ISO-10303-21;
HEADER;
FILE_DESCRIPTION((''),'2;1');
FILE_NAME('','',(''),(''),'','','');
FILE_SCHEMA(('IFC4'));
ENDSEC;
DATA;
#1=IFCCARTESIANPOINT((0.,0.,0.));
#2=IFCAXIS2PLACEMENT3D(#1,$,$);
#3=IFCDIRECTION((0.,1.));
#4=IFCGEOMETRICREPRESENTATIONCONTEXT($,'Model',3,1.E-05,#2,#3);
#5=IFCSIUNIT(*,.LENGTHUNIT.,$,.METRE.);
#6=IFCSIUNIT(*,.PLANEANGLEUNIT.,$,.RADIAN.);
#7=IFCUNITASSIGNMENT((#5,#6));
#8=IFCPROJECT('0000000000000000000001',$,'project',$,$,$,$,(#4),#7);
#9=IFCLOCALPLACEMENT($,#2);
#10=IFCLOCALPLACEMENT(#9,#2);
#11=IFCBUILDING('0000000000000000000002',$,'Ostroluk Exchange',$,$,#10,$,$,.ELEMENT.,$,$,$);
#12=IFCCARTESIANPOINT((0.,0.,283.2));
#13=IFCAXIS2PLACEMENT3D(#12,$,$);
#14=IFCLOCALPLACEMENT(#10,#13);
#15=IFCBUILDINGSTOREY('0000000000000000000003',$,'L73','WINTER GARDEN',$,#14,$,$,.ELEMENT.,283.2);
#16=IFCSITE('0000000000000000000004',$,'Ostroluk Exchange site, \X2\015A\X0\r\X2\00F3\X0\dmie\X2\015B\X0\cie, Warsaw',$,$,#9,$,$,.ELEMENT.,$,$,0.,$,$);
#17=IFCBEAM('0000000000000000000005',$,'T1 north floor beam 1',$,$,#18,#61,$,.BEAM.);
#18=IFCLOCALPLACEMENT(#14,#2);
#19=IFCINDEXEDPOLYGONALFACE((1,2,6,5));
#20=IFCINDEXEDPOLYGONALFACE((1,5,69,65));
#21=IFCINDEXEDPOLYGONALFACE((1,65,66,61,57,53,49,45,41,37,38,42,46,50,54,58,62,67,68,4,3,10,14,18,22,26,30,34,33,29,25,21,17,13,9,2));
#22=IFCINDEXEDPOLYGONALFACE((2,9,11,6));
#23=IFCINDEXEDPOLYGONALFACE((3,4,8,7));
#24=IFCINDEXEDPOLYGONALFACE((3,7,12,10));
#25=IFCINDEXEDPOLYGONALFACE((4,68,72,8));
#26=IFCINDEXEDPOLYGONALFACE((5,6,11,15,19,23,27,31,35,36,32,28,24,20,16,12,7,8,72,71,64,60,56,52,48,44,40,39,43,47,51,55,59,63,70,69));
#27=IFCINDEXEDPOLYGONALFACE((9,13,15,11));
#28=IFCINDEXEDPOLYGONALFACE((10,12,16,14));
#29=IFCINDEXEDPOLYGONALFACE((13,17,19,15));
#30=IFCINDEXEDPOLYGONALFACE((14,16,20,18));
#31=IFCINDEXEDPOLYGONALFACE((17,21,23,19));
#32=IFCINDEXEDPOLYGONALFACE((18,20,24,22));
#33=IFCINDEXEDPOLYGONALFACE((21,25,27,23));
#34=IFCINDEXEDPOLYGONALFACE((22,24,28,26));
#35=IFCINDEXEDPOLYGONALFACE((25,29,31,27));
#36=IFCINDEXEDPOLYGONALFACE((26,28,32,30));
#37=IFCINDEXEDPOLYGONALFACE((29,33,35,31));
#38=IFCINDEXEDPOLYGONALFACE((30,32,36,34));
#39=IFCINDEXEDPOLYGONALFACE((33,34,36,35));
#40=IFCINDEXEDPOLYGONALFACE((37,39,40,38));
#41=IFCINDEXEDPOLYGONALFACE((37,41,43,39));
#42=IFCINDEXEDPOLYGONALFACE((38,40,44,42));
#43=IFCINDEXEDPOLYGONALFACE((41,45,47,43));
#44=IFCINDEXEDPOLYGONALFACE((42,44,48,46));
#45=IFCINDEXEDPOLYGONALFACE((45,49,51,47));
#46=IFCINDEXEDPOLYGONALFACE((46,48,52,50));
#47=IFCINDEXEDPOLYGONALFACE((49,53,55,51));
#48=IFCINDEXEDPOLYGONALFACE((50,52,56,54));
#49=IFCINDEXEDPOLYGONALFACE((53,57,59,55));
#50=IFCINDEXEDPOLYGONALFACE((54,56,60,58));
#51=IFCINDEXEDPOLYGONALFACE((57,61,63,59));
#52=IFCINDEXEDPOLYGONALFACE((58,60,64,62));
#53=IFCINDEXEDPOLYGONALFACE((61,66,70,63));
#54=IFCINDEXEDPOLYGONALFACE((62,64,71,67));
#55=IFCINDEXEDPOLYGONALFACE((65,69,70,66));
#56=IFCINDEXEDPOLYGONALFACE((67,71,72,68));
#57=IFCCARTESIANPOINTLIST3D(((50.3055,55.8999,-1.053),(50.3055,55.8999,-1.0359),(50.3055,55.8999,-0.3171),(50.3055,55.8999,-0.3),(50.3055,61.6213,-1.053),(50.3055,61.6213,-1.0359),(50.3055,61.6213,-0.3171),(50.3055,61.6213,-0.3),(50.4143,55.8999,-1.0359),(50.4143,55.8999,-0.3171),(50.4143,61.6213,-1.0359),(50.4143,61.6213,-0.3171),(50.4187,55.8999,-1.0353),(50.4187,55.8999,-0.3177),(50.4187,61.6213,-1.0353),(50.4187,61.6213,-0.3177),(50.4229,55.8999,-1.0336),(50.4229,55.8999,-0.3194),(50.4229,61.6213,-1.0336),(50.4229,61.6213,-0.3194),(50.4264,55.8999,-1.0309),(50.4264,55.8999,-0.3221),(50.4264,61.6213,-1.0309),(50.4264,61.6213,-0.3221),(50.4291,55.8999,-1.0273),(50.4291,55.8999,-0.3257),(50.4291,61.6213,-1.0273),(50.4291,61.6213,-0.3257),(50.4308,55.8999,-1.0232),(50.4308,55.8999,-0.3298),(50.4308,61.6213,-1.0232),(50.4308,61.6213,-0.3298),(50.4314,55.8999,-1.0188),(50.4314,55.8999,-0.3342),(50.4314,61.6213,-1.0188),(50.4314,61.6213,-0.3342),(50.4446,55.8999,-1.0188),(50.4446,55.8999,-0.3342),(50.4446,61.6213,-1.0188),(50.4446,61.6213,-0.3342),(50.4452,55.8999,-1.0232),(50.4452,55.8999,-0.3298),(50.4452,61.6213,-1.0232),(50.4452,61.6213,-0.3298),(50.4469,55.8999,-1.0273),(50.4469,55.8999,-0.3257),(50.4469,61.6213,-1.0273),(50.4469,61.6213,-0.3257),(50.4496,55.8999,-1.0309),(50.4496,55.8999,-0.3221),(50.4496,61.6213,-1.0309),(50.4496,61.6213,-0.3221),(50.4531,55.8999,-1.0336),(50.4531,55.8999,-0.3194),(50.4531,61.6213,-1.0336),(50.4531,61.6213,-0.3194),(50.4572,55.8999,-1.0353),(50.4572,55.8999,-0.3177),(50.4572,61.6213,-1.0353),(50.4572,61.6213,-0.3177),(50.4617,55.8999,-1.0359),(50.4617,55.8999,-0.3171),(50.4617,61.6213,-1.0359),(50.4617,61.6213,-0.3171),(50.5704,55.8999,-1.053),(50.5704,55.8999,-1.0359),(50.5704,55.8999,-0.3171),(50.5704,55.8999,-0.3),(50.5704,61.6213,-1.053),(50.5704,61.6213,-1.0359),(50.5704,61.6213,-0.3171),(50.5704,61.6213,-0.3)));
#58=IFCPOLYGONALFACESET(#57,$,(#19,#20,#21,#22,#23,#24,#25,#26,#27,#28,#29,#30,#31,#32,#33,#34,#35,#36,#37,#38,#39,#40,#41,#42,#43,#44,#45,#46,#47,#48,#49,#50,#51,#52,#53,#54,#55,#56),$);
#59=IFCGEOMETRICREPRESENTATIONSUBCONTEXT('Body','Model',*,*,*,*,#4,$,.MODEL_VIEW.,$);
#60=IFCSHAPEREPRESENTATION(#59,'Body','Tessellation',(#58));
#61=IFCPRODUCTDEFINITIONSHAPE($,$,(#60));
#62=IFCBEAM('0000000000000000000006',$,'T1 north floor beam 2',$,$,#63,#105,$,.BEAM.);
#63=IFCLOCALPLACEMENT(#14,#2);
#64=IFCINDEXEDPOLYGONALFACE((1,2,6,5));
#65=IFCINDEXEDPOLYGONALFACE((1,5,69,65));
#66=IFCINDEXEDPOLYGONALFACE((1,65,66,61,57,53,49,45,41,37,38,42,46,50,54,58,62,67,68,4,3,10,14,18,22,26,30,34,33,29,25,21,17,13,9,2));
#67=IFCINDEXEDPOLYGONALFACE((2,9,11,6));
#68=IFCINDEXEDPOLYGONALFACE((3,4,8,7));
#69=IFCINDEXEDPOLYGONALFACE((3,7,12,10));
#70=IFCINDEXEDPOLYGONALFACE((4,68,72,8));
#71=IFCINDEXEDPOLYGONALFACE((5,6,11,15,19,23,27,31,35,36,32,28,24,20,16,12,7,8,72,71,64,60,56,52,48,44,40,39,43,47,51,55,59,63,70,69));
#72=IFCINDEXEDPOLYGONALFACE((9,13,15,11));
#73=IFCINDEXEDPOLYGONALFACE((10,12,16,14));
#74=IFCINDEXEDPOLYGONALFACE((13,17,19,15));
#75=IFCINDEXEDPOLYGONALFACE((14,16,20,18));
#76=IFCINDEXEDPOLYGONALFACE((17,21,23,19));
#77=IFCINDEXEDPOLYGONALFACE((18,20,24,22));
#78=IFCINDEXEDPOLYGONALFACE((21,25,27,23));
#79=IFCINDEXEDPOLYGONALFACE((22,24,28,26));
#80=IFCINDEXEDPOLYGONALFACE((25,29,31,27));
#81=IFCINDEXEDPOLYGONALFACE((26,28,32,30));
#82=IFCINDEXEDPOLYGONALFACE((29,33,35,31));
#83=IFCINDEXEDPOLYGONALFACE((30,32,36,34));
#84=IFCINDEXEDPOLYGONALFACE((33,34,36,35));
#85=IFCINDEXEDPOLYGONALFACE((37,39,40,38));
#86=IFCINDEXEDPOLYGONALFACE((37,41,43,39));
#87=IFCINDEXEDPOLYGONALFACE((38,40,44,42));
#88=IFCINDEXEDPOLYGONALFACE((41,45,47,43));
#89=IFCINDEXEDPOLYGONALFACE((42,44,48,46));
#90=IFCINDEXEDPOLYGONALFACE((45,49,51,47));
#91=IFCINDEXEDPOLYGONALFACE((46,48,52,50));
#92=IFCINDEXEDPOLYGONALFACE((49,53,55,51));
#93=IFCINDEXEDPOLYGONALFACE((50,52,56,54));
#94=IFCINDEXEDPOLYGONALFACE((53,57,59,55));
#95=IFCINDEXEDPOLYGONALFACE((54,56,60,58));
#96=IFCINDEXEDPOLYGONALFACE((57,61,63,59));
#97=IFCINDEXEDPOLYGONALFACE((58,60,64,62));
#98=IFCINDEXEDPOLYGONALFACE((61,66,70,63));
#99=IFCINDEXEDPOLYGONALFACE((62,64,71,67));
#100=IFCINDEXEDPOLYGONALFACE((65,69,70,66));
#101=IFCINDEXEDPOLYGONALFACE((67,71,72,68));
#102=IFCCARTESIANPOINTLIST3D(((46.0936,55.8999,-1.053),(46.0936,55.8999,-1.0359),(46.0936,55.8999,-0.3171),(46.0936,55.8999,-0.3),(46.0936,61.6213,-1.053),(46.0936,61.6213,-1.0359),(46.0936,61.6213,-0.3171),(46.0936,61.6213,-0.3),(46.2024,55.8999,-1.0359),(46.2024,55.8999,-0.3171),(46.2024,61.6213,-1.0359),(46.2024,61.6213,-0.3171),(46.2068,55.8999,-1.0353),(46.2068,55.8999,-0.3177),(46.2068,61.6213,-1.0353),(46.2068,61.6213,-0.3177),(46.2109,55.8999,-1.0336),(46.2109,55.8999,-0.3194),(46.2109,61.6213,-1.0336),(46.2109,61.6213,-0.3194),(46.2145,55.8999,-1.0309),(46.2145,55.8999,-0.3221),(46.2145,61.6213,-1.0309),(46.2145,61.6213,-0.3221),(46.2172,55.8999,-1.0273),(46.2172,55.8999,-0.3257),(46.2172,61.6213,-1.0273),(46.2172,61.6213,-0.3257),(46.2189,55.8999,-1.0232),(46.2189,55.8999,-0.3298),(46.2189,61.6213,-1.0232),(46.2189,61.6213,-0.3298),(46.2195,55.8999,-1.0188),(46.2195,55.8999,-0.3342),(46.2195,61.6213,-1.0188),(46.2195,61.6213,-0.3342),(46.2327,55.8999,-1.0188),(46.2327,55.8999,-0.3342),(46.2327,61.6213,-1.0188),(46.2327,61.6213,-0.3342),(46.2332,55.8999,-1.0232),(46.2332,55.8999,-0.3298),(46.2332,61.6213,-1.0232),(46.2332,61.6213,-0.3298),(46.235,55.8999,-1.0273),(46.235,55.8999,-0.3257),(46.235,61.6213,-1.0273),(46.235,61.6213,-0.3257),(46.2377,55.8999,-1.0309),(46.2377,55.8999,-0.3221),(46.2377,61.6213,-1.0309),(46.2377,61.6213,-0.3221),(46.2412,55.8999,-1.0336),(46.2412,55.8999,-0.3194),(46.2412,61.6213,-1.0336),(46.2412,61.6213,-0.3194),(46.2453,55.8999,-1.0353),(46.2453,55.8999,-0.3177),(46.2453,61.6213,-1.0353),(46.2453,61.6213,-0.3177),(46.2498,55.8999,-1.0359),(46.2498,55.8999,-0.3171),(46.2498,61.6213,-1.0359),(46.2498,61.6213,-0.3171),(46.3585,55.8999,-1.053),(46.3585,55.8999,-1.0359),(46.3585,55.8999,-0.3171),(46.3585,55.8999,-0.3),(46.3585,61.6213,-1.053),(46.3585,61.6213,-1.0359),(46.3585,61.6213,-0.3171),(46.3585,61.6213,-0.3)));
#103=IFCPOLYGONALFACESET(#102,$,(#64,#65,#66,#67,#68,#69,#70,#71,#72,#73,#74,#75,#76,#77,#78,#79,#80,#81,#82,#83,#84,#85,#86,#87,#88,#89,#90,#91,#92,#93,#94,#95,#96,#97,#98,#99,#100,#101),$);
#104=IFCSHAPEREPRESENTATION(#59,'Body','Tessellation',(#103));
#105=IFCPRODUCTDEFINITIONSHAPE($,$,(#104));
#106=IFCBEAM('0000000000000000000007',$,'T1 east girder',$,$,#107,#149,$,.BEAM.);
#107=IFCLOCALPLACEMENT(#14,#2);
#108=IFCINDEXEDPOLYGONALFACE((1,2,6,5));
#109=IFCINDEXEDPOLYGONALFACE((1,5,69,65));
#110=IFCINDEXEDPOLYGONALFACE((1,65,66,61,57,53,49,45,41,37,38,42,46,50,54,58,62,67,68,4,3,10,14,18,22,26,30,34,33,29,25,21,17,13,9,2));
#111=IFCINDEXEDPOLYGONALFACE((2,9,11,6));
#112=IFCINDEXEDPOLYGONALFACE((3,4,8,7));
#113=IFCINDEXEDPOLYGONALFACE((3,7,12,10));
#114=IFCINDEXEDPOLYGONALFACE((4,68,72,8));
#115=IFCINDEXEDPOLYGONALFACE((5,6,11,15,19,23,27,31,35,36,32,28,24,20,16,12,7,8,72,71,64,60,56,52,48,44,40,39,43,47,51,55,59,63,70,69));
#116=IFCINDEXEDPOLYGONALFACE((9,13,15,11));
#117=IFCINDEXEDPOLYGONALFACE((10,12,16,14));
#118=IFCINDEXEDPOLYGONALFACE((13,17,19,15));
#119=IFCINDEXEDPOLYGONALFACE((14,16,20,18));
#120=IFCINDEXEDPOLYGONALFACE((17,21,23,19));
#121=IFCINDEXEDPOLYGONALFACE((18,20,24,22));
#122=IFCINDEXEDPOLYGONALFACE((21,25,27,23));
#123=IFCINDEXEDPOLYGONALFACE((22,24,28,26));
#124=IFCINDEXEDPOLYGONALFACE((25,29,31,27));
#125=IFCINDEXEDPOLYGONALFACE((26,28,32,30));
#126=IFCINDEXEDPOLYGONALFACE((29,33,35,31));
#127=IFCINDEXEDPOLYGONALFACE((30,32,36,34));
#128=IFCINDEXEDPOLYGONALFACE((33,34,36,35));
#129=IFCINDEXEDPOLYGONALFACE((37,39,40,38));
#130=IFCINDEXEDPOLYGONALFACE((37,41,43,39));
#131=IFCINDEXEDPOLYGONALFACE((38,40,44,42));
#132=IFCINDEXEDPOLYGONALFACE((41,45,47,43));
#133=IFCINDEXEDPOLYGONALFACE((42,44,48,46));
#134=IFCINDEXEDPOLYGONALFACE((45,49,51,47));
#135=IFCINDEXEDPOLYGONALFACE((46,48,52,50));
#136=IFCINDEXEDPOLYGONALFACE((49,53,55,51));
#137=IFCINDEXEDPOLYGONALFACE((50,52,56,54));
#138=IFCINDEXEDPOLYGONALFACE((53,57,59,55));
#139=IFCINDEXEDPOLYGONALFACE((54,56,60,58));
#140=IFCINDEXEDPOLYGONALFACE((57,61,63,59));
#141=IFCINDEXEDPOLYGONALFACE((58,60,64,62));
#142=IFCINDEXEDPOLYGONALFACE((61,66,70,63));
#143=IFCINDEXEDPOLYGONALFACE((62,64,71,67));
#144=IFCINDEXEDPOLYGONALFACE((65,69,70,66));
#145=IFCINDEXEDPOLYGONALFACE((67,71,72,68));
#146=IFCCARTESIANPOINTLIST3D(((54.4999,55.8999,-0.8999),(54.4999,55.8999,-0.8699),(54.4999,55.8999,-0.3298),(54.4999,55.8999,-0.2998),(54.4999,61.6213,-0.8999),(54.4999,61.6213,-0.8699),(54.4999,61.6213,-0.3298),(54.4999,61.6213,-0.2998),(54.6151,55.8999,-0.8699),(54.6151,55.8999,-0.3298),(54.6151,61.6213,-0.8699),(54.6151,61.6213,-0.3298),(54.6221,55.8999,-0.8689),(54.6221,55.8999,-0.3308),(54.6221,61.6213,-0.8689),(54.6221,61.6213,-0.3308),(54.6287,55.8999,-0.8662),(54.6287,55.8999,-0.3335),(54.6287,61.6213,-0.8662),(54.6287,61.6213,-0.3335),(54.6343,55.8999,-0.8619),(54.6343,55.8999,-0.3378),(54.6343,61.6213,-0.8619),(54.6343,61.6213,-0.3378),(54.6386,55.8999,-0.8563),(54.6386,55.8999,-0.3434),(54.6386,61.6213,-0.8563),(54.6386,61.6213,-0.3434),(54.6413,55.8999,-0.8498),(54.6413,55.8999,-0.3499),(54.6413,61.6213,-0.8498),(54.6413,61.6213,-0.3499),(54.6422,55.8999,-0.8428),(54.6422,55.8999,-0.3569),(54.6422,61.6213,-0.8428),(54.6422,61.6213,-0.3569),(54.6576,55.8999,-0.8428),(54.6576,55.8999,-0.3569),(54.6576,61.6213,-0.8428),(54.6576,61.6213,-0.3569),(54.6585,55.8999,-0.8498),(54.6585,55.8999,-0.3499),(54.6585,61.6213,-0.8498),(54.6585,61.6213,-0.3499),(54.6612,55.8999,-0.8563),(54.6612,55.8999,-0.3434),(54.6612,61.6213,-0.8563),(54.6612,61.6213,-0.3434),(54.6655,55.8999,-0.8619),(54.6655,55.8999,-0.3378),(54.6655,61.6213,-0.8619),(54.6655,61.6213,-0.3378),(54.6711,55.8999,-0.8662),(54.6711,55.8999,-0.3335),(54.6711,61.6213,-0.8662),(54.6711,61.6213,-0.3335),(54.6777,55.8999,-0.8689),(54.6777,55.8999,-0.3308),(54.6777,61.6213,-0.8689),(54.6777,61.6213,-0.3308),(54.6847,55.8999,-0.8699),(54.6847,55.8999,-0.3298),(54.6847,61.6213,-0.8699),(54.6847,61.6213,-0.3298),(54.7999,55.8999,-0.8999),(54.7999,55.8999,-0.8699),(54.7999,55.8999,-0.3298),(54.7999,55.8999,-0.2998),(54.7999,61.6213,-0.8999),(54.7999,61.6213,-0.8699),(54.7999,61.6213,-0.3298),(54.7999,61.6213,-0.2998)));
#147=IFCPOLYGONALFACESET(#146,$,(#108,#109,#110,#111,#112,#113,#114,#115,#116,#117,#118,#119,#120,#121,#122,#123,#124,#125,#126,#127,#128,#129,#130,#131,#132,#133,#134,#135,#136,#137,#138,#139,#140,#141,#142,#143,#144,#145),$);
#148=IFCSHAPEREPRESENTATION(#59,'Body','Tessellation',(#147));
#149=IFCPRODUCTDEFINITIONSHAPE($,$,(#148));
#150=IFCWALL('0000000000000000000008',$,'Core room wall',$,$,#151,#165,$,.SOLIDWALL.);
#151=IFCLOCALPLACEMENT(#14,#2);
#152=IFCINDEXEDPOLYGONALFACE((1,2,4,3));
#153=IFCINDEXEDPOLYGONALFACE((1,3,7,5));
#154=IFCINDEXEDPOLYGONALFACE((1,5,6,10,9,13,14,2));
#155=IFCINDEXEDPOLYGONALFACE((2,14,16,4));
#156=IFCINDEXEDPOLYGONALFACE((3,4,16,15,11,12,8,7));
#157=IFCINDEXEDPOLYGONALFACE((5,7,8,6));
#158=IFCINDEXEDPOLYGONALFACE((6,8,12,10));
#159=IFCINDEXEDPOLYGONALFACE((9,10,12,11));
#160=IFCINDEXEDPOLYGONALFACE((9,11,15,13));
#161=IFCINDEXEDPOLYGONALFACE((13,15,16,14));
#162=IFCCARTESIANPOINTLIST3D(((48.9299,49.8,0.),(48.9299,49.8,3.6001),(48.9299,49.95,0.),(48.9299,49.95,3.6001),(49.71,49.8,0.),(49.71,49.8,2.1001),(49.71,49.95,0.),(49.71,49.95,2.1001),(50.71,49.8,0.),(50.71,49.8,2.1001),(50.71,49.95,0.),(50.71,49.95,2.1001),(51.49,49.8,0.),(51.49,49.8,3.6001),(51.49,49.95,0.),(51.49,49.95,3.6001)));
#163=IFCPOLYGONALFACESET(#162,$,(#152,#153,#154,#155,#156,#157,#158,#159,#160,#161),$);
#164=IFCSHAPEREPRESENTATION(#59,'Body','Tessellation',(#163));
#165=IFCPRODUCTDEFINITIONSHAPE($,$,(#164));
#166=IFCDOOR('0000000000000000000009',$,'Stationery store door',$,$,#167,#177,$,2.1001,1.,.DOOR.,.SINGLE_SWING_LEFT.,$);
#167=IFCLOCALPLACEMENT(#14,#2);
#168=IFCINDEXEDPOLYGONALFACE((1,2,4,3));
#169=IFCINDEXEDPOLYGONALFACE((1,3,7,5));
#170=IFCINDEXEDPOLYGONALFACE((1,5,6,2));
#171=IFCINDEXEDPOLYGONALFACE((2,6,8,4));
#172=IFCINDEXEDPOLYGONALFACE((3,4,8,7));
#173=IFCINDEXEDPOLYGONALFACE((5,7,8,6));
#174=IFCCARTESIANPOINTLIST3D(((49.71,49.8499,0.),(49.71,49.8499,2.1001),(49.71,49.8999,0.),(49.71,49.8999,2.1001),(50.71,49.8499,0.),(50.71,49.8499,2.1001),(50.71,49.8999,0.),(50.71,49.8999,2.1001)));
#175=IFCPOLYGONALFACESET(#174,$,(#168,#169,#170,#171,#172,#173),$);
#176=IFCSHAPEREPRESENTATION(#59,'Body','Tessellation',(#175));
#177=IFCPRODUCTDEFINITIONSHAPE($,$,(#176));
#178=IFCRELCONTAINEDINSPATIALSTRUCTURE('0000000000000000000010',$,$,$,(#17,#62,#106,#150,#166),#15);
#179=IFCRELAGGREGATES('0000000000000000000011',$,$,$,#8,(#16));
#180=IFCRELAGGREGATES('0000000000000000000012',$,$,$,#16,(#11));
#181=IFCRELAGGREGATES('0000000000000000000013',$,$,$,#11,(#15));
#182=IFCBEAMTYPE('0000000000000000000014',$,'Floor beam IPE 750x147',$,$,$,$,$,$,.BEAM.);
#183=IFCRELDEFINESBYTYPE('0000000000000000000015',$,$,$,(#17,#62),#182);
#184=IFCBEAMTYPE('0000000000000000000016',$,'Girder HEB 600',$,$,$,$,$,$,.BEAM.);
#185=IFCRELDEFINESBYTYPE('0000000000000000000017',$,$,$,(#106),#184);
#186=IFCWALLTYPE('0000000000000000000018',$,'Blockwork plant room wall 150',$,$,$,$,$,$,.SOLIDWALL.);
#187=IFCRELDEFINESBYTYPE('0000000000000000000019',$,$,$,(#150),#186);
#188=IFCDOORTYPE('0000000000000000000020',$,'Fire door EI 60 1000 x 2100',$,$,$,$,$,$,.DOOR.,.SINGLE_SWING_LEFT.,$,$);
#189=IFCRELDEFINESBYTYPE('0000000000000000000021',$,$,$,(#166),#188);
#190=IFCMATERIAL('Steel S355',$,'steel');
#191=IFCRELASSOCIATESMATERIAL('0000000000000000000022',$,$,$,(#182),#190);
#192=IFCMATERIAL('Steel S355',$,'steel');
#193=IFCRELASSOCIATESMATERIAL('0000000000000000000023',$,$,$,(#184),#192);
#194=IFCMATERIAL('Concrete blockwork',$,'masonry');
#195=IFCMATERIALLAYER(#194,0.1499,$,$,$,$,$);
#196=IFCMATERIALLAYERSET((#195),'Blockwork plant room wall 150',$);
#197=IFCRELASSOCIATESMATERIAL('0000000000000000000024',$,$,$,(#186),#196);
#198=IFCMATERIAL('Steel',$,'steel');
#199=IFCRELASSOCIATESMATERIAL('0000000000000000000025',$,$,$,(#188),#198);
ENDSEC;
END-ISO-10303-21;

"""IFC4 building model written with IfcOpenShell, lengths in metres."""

from ifc_helpers import new_model, si_unit, direction, frame, frame_2d, origin, origin_2d, place, context, subcontext, project, spatial, rectangle, i_section, extrude, material, layer, layer_set, material_profile, profile_set, type_object, element, fill, save


model = new_model("IFC4")

# Units and contexts
model_context = context("Model", 3, precision=1e-05, world=origin(), true_north=direction((0.0, 1.0)))
body_context = subcontext(model_context, "Body", "Model", "MODEL_VIEW")
ifc_project = project(units=[si_unit("LENGTHUNIT", "METRE"), si_unit("PLANEANGLEUNIT", "RADIAN")], contexts=[model_context])

# Site, building, storey
site_placement = place(None, origin())
site = spatial("IfcSite", under=ifc_project, at=site_placement, Name="Ostroluk Exchange site, Śródmieście, Warsaw", CompositionType="ELEMENT", RefElevation=0.0)
building_placement = place(site_placement, origin())
building = spatial("IfcBuilding", under=site, at=building_placement, Name="Ostroluk Exchange", CompositionType="ELEMENT")
storey_placement = place(building_placement, frame((0.0, 0.0, 283.2)))
storey = spatial("IfcBuildingStorey", under=building, at=storey_placement, Name="L73", Description="WINTER GARDEN", CompositionType="ELEMENT", Elevation=283.2)

# Beams
ifc_material_1 = material(Name="Steel S355", Category="steel")
ifc_material_profile_1 = material_profile(ifc_material_1, i_section(OverallWidth=0.2649, OverallDepth=0.7529, WebThickness=0.0132, FlangeThickness=0.0171, FilletRadius=0.0171, at=origin_2d()), Name="IPE 750x147")
ifc_profile_set_1 = profile_set([ifc_material_profile_1], Name="Steel S355")
beam_type_1 = type_object("IfcBeamType", Name="Floor beam IPE 750x147", PredefinedType="BEAM", material=ifc_profile_set_1)
for number, where, z_axis, x_axis, name in (
    (1, (50.438, 55.8999, -0.6765), (0.0, 1.0, 0.0), (-1.0, 0.0, 0.0), "T1 north floor beam 1"),
    (2, (46.2261, 55.8999, -0.6765), (0.0, 1.0, 0.0), (-1.0, 0.0, 0.0), "T1 north floor beam 2"),
):
    element("IfcBeam", number, at=place(storey_placement, frame(where, z_axis=z_axis, x_axis=x_axis)), inside=storey, type_object=beam_type_1, Name=name, PredefinedType="BEAM", context=body_context, shape_type="SweptSolid", body=[
        extrude(i_section(OverallWidth=0.2649, OverallDepth=0.7529, WebThickness=0.0132, FlangeThickness=0.0171, FilletRadius=0.0171, at=origin_2d()), origin(), (0.0, 0.0, 1.0), 5.7214),
    ])
ifc_material_2 = material(Name="Steel S355", Category="steel")
ifc_material_profile_2 = material_profile(ifc_material_2, i_section(OverallWidth=0.3, OverallDepth=0.6001, WebThickness=0.0154, FlangeThickness=0.03, FilletRadius=0.0271, at=origin_2d()), Name="HEB 600")
ifc_profile_set_2 = profile_set([ifc_material_profile_2], Name="Steel S355")
beam_type_2 = type_object("IfcBeamType", Name="Girder HEB 600", PredefinedType="BEAM", material=ifc_profile_set_2)
beam_placement = place(storey_placement, frame((54.6499, 55.8999, -0.5999), z_axis=(0.0, 1.0, 0.0), x_axis=(-1.0, 0.0, 0.0)))
element("IfcBeam", 3, at=beam_placement, inside=storey, type_object=beam_type_2, Name="T1 east girder", PredefinedType="BEAM", context=body_context, shape_type="SweptSolid", body=[
    extrude(i_section(OverallWidth=0.3, OverallDepth=0.6001, WebThickness=0.0154, FlangeThickness=0.03, FilletRadius=0.0271, at=origin_2d()), origin(), (0.0, 0.0, 1.0), 5.7214),
])

# Wall, opening, door
ifc_material_3 = material(Name="Concrete blockwork", Category="masonry")
ifc_layer_1 = layer(ifc_material_3, 0.1499)
ifc_layer_set_1 = layer_set([ifc_layer_1], Name="Blockwork plant room wall 150")
wall_type_1 = type_object("IfcWallType", Name="Blockwork plant room wall 150", PredefinedType="SOLIDWALL", material=ifc_layer_set_1)
wall_1_placement = place(storey_placement, frame((48.9299, 49.875, 0.0), z_axis=(0.0, 0.0, 1.0), x_axis=(1.0, 0.0, 0.0)))
wall_1 = element("IfcWall", 4, at=wall_1_placement, inside=storey, type_object=wall_type_1, Name="Core room wall", PredefinedType="SOLIDWALL", context=body_context, shape_type="SweptSolid", body=[
    extrude(rectangle(XDim=2.5601, YDim=0.1499, at=frame_2d((1.28, 0.0))), origin(), (0.0, 0.0, 1.0), 3.6001),
])
opening_1_placement = place(wall_1_placement, frame((0.78, 0.0, 0.0)))
opening_1 = element("IfcOpeningElement", 5, at=opening_1_placement, cuts=wall_1, PredefinedType="OPENING", context=body_context, shape_type="SweptSolid", body=[
    extrude(rectangle(XDim=1.0, YDim=2.1001, at=frame_2d((0.5, 1.05))), frame((0.0, 0.085, 0.0), z_axis=(0.0, -1.0, 0.0), x_axis=(1.0, 0.0, 0.0)), (0.0, 0.0, 1.0), 0.1699),
])
ifc_material_4 = material(Name="Steel", Category="steel")
door_type_1 = type_object("IfcDoorType", Name="Fire door EI 60 1000 x 2100", OperationType="SINGLE_SWING_LEFT", PredefinedType="DOOR", material=ifc_material_4)
door_1_placement = place(opening_1_placement, origin())
door_1 = element("IfcDoor", 6, at=door_1_placement, inside=storey, type_object=door_type_1, Name="Stationery store door", OperationType="SINGLE_SWING_LEFT", OverallHeight=2.1001, OverallWidth=1.0, PredefinedType="DOOR", context=body_context, shape_type="SweptSolid", body=[
    extrude(rectangle(XDim=1.0, YDim=2.1001, at=frame_2d((0.5, 1.05))), frame((0.0, 0.0249, 0.0), z_axis=(0.0, -1.0, 0.0), x_axis=(1.0, 0.0, 0.0)), (0.0, 0.0, 1.0), 0.05),
])
fill(opening_1, door_1)

save(model, "model.ifc")
